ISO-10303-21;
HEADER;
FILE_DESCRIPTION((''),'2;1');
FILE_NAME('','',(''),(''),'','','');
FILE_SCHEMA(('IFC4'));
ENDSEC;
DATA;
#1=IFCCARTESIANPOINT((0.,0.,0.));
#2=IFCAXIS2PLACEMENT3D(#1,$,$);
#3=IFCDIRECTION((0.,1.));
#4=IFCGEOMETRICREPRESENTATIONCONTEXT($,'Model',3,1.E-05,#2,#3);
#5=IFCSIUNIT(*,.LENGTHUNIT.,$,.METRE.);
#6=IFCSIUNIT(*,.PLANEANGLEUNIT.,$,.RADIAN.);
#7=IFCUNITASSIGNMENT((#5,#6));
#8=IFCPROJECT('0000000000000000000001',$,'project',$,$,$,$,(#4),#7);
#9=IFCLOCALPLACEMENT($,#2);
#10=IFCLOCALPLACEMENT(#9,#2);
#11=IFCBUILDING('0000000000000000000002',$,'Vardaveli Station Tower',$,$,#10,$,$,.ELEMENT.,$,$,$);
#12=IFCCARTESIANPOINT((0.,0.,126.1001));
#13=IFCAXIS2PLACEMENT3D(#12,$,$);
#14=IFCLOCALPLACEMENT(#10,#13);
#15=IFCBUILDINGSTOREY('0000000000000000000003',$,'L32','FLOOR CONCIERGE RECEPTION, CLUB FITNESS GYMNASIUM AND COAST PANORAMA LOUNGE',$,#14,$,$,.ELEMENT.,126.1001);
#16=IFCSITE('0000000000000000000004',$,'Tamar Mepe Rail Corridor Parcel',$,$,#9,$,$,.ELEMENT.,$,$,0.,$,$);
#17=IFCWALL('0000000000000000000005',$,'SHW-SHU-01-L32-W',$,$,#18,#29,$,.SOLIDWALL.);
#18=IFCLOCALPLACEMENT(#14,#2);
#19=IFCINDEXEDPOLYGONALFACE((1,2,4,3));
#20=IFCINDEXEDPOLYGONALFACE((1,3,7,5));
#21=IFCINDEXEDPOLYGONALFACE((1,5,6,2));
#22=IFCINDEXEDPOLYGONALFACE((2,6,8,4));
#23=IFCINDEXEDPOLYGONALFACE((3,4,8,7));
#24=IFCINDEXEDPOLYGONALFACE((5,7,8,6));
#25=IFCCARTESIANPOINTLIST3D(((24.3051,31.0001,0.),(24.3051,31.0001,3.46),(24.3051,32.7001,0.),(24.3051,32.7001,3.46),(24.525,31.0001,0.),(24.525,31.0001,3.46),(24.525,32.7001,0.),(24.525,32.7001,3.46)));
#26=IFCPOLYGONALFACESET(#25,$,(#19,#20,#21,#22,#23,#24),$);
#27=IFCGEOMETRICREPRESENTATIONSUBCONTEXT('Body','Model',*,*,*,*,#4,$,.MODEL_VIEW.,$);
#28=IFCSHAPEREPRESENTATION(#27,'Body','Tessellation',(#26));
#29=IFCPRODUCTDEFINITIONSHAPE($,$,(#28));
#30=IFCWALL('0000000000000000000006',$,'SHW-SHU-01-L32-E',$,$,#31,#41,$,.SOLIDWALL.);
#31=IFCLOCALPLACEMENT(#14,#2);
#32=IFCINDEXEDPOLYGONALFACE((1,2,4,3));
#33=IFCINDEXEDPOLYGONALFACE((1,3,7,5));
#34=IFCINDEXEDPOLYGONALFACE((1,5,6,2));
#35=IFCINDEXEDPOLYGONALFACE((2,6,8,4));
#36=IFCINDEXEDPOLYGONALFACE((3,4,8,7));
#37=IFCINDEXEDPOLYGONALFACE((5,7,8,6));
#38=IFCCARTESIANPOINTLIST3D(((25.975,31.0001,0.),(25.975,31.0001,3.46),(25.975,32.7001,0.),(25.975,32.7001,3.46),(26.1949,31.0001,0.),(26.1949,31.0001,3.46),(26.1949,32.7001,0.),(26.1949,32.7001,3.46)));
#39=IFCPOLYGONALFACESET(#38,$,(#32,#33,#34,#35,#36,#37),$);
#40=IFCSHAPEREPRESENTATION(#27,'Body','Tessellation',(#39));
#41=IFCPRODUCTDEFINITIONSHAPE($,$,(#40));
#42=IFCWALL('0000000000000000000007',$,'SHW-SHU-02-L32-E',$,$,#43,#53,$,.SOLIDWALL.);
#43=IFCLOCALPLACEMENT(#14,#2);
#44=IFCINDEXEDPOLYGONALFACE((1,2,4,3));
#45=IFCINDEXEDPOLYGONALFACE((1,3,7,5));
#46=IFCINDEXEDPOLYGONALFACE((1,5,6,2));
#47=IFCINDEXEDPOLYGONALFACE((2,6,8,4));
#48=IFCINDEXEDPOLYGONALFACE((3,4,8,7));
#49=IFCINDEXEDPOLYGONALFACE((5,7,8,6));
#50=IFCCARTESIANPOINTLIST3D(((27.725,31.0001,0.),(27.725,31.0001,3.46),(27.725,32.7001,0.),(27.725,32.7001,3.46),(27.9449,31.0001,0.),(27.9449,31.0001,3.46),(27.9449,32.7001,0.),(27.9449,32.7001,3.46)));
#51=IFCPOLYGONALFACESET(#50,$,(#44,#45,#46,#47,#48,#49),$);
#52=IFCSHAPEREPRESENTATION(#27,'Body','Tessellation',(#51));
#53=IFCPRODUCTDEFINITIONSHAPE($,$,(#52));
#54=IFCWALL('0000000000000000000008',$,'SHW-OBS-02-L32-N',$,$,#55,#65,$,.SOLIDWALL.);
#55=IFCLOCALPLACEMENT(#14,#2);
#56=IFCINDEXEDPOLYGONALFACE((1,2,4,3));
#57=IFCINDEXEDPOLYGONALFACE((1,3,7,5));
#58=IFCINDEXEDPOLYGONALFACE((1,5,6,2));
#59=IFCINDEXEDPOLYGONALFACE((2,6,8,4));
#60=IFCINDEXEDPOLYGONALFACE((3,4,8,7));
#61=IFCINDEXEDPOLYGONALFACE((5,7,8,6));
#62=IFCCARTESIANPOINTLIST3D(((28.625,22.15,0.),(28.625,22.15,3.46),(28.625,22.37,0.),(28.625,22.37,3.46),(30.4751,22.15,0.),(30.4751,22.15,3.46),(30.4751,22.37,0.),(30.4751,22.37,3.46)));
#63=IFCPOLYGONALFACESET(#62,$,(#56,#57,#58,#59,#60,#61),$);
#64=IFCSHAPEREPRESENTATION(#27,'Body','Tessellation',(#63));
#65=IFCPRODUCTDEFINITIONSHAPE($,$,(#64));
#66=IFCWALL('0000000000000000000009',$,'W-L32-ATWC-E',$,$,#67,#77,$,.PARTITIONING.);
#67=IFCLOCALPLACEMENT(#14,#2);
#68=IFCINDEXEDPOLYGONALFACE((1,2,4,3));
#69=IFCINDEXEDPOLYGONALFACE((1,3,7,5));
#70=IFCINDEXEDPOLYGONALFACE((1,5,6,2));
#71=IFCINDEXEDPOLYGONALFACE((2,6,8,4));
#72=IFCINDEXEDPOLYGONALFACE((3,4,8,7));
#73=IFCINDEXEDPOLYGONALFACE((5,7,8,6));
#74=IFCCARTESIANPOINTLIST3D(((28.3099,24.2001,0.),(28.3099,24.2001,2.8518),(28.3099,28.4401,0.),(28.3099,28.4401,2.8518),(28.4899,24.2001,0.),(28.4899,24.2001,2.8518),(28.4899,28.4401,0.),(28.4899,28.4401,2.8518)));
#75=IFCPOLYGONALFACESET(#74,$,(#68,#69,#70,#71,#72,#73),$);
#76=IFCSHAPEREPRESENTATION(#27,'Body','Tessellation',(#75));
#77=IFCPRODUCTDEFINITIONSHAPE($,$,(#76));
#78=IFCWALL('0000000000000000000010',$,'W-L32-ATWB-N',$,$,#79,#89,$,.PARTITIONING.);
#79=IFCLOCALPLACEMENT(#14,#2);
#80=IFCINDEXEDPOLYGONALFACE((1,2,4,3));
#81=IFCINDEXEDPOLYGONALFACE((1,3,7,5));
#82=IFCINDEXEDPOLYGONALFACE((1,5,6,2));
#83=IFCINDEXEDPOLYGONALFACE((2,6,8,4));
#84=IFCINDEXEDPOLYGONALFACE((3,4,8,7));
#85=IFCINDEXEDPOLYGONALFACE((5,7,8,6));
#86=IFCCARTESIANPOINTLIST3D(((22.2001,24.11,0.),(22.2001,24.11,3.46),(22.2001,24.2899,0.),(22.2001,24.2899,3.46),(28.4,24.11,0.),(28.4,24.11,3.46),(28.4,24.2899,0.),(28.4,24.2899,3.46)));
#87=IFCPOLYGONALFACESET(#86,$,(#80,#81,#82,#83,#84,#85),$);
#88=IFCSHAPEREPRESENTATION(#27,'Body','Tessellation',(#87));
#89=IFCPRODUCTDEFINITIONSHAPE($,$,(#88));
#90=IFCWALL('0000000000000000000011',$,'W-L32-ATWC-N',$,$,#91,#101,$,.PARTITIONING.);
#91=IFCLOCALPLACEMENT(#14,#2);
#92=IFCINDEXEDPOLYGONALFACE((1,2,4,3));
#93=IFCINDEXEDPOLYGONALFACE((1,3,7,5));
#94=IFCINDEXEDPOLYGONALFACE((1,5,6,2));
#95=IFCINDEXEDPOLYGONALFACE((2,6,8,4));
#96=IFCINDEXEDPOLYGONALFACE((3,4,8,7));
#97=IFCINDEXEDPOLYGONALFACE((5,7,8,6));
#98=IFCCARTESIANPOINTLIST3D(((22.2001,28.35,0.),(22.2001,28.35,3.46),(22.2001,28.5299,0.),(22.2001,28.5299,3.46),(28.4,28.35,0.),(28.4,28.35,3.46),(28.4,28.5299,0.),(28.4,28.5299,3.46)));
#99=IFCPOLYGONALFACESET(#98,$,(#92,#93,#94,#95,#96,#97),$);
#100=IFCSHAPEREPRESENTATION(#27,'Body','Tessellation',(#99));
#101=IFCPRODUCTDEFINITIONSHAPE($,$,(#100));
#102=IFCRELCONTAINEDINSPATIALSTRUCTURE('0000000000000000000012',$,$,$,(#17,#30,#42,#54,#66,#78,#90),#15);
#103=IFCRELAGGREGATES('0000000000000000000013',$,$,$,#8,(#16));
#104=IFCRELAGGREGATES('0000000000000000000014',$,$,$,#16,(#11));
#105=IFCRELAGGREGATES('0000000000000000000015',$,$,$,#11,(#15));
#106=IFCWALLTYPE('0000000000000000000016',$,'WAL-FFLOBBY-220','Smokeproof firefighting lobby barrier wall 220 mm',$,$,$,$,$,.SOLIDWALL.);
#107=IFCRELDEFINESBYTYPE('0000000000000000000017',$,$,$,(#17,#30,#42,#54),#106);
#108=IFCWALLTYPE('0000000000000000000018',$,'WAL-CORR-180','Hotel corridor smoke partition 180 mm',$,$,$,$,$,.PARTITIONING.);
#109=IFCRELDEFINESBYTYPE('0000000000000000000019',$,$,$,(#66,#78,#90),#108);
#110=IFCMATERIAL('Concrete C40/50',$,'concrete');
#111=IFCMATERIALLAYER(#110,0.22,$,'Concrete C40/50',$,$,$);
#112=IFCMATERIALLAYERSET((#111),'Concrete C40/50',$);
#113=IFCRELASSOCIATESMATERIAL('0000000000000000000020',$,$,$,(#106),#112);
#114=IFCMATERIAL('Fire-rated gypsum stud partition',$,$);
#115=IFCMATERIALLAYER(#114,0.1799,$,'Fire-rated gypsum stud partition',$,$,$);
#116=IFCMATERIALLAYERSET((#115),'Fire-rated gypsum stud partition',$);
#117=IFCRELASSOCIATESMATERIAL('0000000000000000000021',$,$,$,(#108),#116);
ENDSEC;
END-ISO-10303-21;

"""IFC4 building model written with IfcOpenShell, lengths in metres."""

from ifc_helpers import new_model, si_unit, direction, frame, frame_2d, origin, place, context, subcontext, project, spatial, rectangle, extrude, source, transform, mapped, material, layer, layer_set, type_object, element, save


model = new_model("IFC4")

# Units and contexts
model_context = context("Model", 3, precision=1e-05, world=origin(), true_north=direction((0.0, 1.0)))
body_context = subcontext(model_context, "Body", "Model", "MODEL_VIEW")
ifc_project = project(units=[si_unit("LENGTHUNIT", "METRE"), si_unit("PLANEANGLEUNIT", "RADIAN")], contexts=[model_context])

# Site, building, storey
site_placement = place(None, origin())
site = spatial("IfcSite", under=ifc_project, at=site_placement, Name="Tamar Mepe Rail Corridor Parcel", CompositionType="ELEMENT", RefElevation=0.0)
building_placement = place(site_placement, origin())
building = spatial("IfcBuilding", under=site, at=building_placement, Name="Vardaveli Station Tower", CompositionType="ELEMENT")
storey_placement = place(building_placement, frame((0.0, 0.0, 126.1001)))
storey = spatial("IfcBuildingStorey", under=building, at=storey_placement, Name="L32", Description="FLOOR CONCIERGE RECEPTION, CLUB FITNESS GYMNASIUM AND COAST PANORAMA LOUNGE", CompositionType="ELEMENT", Elevation=126.1001)

# Shared definitions
ifc_material_1 = material(Name="Concrete C40/50", Category="concrete")

# Walls
ifc_layer_1 = layer(ifc_material_1, 0.22, Name="Concrete C40/50")
ifc_layer_set_1 = layer_set([ifc_layer_1], Name="Concrete C40/50")
wall_type_1 = type_object("IfcWallType", Name="WAL-FFLOBBY-220", Description="Smokeproof firefighting lobby barrier wall 220 mm", PredefinedType="SOLIDWALL", material=ifc_layer_set_1)
shared_shape_1 = source(origin(), body_context, "Body", "SweptSolid", [
    extrude(rectangle(XDim=1.7, YDim=0.22, at=frame_2d((0.8501, 0.0))), origin(), (0.0, 0.0, 1.0), 3.46),
])
for number, where, z_axis, x_axis, name in (
    (1, (24.415, 31.0, 0.0), (0.0, 0.0, 1.0), (0.0, 1.0, 0.0), "SHW-SHU-01-L32-W"),
    (2, (26.085, 31.0, 0.0), (0.0, 0.0, 1.0), (0.0, 1.0, 0.0), "SHW-SHU-01-L32-E"),
    (3, (27.835, 31.0, 0.0), (0.0, 0.0, 1.0), (0.0, 1.0, 0.0), "SHW-SHU-02-L32-E"),
):
    element("IfcWall", number, at=place(storey_placement, frame(where, z_axis=z_axis, x_axis=x_axis)), inside=storey, type_object=wall_type_1, Name=name, PredefinedType="SOLIDWALL", context=body_context, shape_type="MappedRepresentation", body=[
        mapped(shared_shape_1, transform((0.0, 0.0, 0.0), scale=1.0)),
    ])
shared_shape_2 = source(origin(), body_context, "Body", "SweptSolid", [
    extrude(rectangle(XDim=1.8501, YDim=0.22, at=frame_2d((0.925, 0.0))), origin(), (0.0, 0.0, 1.0), 3.46),
])
wall_1_placement = place(storey_placement, frame((28.625, 22.26, 0.0), z_axis=(0.0, 0.0, 1.0), x_axis=(1.0, 0.0, 0.0)))
element("IfcWall", 4, at=wall_1_placement, inside=storey, type_object=wall_type_1, Name="SHW-OBS-02-L32-N", PredefinedType="SOLIDWALL", context=body_context, shape_type="MappedRepresentation", body=[
    mapped(shared_shape_2, transform((0.0, 0.0, 0.0), scale=1.0)),
])
ifc_material_2 = material(Name="Fire-rated gypsum stud partition")
ifc_layer_2 = layer(ifc_material_2, 0.1799, Name="Fire-rated gypsum stud partition")
ifc_layer_set_2 = layer_set([ifc_layer_2], Name="Fire-rated gypsum stud partition")
wall_type_2 = type_object("IfcWallType", Name="WAL-CORR-180", Description="Hotel corridor smoke partition 180 mm", PredefinedType="PARTITIONING", material=ifc_layer_set_2)
shared_shape_3 = source(origin(), body_context, "Body", "SweptSolid", [
    extrude(rectangle(XDim=4.24, YDim=0.1799, at=frame_2d((2.1201, 0.0))), origin(), (0.0, 0.0, 1.0), 2.8518),
])
wall_2_placement = place(storey_placement, frame((28.3999, 24.2, 0.0), z_axis=(0.0, 0.0, 1.0), x_axis=(0.0, 1.0, 0.0)))
element("IfcWall", 5, at=wall_2_placement, inside=storey, type_object=wall_type_2, Name="W-L32-ATWC-E", PredefinedType="PARTITIONING", context=body_context, shape_type="MappedRepresentation", body=[
    mapped(shared_shape_3, transform((0.0, 0.0, 0.0), scale=1.0)),
])
shared_shape_4 = source(origin(), body_context, "Body", "SweptSolid", [
    extrude(rectangle(XDim=6.2, YDim=0.1799, at=frame_2d((3.1001, 0.0))), origin(), (0.0, 0.0, 1.0), 3.46),
])
for number, where, z_axis, x_axis, name in (
    (6, (22.2, 24.2, 0.0), (0.0, 0.0, 1.0), (1.0, 0.0, 0.0), "W-L32-ATWB-N"),
    (7, (22.2, 28.4399, 0.0), (0.0, 0.0, 1.0), (1.0, 0.0, 0.0), "W-L32-ATWC-N"),
):
    element("IfcWall", number, at=place(storey_placement, frame(where, z_axis=z_axis, x_axis=x_axis)), inside=storey, type_object=wall_type_2, Name=name, PredefinedType="PARTITIONING", context=body_context, shape_type="MappedRepresentation", body=[
        mapped(shared_shape_4, transform((0.0, 0.0, 0.0), scale=1.0)),
    ])

save(model, "model.ifc")
